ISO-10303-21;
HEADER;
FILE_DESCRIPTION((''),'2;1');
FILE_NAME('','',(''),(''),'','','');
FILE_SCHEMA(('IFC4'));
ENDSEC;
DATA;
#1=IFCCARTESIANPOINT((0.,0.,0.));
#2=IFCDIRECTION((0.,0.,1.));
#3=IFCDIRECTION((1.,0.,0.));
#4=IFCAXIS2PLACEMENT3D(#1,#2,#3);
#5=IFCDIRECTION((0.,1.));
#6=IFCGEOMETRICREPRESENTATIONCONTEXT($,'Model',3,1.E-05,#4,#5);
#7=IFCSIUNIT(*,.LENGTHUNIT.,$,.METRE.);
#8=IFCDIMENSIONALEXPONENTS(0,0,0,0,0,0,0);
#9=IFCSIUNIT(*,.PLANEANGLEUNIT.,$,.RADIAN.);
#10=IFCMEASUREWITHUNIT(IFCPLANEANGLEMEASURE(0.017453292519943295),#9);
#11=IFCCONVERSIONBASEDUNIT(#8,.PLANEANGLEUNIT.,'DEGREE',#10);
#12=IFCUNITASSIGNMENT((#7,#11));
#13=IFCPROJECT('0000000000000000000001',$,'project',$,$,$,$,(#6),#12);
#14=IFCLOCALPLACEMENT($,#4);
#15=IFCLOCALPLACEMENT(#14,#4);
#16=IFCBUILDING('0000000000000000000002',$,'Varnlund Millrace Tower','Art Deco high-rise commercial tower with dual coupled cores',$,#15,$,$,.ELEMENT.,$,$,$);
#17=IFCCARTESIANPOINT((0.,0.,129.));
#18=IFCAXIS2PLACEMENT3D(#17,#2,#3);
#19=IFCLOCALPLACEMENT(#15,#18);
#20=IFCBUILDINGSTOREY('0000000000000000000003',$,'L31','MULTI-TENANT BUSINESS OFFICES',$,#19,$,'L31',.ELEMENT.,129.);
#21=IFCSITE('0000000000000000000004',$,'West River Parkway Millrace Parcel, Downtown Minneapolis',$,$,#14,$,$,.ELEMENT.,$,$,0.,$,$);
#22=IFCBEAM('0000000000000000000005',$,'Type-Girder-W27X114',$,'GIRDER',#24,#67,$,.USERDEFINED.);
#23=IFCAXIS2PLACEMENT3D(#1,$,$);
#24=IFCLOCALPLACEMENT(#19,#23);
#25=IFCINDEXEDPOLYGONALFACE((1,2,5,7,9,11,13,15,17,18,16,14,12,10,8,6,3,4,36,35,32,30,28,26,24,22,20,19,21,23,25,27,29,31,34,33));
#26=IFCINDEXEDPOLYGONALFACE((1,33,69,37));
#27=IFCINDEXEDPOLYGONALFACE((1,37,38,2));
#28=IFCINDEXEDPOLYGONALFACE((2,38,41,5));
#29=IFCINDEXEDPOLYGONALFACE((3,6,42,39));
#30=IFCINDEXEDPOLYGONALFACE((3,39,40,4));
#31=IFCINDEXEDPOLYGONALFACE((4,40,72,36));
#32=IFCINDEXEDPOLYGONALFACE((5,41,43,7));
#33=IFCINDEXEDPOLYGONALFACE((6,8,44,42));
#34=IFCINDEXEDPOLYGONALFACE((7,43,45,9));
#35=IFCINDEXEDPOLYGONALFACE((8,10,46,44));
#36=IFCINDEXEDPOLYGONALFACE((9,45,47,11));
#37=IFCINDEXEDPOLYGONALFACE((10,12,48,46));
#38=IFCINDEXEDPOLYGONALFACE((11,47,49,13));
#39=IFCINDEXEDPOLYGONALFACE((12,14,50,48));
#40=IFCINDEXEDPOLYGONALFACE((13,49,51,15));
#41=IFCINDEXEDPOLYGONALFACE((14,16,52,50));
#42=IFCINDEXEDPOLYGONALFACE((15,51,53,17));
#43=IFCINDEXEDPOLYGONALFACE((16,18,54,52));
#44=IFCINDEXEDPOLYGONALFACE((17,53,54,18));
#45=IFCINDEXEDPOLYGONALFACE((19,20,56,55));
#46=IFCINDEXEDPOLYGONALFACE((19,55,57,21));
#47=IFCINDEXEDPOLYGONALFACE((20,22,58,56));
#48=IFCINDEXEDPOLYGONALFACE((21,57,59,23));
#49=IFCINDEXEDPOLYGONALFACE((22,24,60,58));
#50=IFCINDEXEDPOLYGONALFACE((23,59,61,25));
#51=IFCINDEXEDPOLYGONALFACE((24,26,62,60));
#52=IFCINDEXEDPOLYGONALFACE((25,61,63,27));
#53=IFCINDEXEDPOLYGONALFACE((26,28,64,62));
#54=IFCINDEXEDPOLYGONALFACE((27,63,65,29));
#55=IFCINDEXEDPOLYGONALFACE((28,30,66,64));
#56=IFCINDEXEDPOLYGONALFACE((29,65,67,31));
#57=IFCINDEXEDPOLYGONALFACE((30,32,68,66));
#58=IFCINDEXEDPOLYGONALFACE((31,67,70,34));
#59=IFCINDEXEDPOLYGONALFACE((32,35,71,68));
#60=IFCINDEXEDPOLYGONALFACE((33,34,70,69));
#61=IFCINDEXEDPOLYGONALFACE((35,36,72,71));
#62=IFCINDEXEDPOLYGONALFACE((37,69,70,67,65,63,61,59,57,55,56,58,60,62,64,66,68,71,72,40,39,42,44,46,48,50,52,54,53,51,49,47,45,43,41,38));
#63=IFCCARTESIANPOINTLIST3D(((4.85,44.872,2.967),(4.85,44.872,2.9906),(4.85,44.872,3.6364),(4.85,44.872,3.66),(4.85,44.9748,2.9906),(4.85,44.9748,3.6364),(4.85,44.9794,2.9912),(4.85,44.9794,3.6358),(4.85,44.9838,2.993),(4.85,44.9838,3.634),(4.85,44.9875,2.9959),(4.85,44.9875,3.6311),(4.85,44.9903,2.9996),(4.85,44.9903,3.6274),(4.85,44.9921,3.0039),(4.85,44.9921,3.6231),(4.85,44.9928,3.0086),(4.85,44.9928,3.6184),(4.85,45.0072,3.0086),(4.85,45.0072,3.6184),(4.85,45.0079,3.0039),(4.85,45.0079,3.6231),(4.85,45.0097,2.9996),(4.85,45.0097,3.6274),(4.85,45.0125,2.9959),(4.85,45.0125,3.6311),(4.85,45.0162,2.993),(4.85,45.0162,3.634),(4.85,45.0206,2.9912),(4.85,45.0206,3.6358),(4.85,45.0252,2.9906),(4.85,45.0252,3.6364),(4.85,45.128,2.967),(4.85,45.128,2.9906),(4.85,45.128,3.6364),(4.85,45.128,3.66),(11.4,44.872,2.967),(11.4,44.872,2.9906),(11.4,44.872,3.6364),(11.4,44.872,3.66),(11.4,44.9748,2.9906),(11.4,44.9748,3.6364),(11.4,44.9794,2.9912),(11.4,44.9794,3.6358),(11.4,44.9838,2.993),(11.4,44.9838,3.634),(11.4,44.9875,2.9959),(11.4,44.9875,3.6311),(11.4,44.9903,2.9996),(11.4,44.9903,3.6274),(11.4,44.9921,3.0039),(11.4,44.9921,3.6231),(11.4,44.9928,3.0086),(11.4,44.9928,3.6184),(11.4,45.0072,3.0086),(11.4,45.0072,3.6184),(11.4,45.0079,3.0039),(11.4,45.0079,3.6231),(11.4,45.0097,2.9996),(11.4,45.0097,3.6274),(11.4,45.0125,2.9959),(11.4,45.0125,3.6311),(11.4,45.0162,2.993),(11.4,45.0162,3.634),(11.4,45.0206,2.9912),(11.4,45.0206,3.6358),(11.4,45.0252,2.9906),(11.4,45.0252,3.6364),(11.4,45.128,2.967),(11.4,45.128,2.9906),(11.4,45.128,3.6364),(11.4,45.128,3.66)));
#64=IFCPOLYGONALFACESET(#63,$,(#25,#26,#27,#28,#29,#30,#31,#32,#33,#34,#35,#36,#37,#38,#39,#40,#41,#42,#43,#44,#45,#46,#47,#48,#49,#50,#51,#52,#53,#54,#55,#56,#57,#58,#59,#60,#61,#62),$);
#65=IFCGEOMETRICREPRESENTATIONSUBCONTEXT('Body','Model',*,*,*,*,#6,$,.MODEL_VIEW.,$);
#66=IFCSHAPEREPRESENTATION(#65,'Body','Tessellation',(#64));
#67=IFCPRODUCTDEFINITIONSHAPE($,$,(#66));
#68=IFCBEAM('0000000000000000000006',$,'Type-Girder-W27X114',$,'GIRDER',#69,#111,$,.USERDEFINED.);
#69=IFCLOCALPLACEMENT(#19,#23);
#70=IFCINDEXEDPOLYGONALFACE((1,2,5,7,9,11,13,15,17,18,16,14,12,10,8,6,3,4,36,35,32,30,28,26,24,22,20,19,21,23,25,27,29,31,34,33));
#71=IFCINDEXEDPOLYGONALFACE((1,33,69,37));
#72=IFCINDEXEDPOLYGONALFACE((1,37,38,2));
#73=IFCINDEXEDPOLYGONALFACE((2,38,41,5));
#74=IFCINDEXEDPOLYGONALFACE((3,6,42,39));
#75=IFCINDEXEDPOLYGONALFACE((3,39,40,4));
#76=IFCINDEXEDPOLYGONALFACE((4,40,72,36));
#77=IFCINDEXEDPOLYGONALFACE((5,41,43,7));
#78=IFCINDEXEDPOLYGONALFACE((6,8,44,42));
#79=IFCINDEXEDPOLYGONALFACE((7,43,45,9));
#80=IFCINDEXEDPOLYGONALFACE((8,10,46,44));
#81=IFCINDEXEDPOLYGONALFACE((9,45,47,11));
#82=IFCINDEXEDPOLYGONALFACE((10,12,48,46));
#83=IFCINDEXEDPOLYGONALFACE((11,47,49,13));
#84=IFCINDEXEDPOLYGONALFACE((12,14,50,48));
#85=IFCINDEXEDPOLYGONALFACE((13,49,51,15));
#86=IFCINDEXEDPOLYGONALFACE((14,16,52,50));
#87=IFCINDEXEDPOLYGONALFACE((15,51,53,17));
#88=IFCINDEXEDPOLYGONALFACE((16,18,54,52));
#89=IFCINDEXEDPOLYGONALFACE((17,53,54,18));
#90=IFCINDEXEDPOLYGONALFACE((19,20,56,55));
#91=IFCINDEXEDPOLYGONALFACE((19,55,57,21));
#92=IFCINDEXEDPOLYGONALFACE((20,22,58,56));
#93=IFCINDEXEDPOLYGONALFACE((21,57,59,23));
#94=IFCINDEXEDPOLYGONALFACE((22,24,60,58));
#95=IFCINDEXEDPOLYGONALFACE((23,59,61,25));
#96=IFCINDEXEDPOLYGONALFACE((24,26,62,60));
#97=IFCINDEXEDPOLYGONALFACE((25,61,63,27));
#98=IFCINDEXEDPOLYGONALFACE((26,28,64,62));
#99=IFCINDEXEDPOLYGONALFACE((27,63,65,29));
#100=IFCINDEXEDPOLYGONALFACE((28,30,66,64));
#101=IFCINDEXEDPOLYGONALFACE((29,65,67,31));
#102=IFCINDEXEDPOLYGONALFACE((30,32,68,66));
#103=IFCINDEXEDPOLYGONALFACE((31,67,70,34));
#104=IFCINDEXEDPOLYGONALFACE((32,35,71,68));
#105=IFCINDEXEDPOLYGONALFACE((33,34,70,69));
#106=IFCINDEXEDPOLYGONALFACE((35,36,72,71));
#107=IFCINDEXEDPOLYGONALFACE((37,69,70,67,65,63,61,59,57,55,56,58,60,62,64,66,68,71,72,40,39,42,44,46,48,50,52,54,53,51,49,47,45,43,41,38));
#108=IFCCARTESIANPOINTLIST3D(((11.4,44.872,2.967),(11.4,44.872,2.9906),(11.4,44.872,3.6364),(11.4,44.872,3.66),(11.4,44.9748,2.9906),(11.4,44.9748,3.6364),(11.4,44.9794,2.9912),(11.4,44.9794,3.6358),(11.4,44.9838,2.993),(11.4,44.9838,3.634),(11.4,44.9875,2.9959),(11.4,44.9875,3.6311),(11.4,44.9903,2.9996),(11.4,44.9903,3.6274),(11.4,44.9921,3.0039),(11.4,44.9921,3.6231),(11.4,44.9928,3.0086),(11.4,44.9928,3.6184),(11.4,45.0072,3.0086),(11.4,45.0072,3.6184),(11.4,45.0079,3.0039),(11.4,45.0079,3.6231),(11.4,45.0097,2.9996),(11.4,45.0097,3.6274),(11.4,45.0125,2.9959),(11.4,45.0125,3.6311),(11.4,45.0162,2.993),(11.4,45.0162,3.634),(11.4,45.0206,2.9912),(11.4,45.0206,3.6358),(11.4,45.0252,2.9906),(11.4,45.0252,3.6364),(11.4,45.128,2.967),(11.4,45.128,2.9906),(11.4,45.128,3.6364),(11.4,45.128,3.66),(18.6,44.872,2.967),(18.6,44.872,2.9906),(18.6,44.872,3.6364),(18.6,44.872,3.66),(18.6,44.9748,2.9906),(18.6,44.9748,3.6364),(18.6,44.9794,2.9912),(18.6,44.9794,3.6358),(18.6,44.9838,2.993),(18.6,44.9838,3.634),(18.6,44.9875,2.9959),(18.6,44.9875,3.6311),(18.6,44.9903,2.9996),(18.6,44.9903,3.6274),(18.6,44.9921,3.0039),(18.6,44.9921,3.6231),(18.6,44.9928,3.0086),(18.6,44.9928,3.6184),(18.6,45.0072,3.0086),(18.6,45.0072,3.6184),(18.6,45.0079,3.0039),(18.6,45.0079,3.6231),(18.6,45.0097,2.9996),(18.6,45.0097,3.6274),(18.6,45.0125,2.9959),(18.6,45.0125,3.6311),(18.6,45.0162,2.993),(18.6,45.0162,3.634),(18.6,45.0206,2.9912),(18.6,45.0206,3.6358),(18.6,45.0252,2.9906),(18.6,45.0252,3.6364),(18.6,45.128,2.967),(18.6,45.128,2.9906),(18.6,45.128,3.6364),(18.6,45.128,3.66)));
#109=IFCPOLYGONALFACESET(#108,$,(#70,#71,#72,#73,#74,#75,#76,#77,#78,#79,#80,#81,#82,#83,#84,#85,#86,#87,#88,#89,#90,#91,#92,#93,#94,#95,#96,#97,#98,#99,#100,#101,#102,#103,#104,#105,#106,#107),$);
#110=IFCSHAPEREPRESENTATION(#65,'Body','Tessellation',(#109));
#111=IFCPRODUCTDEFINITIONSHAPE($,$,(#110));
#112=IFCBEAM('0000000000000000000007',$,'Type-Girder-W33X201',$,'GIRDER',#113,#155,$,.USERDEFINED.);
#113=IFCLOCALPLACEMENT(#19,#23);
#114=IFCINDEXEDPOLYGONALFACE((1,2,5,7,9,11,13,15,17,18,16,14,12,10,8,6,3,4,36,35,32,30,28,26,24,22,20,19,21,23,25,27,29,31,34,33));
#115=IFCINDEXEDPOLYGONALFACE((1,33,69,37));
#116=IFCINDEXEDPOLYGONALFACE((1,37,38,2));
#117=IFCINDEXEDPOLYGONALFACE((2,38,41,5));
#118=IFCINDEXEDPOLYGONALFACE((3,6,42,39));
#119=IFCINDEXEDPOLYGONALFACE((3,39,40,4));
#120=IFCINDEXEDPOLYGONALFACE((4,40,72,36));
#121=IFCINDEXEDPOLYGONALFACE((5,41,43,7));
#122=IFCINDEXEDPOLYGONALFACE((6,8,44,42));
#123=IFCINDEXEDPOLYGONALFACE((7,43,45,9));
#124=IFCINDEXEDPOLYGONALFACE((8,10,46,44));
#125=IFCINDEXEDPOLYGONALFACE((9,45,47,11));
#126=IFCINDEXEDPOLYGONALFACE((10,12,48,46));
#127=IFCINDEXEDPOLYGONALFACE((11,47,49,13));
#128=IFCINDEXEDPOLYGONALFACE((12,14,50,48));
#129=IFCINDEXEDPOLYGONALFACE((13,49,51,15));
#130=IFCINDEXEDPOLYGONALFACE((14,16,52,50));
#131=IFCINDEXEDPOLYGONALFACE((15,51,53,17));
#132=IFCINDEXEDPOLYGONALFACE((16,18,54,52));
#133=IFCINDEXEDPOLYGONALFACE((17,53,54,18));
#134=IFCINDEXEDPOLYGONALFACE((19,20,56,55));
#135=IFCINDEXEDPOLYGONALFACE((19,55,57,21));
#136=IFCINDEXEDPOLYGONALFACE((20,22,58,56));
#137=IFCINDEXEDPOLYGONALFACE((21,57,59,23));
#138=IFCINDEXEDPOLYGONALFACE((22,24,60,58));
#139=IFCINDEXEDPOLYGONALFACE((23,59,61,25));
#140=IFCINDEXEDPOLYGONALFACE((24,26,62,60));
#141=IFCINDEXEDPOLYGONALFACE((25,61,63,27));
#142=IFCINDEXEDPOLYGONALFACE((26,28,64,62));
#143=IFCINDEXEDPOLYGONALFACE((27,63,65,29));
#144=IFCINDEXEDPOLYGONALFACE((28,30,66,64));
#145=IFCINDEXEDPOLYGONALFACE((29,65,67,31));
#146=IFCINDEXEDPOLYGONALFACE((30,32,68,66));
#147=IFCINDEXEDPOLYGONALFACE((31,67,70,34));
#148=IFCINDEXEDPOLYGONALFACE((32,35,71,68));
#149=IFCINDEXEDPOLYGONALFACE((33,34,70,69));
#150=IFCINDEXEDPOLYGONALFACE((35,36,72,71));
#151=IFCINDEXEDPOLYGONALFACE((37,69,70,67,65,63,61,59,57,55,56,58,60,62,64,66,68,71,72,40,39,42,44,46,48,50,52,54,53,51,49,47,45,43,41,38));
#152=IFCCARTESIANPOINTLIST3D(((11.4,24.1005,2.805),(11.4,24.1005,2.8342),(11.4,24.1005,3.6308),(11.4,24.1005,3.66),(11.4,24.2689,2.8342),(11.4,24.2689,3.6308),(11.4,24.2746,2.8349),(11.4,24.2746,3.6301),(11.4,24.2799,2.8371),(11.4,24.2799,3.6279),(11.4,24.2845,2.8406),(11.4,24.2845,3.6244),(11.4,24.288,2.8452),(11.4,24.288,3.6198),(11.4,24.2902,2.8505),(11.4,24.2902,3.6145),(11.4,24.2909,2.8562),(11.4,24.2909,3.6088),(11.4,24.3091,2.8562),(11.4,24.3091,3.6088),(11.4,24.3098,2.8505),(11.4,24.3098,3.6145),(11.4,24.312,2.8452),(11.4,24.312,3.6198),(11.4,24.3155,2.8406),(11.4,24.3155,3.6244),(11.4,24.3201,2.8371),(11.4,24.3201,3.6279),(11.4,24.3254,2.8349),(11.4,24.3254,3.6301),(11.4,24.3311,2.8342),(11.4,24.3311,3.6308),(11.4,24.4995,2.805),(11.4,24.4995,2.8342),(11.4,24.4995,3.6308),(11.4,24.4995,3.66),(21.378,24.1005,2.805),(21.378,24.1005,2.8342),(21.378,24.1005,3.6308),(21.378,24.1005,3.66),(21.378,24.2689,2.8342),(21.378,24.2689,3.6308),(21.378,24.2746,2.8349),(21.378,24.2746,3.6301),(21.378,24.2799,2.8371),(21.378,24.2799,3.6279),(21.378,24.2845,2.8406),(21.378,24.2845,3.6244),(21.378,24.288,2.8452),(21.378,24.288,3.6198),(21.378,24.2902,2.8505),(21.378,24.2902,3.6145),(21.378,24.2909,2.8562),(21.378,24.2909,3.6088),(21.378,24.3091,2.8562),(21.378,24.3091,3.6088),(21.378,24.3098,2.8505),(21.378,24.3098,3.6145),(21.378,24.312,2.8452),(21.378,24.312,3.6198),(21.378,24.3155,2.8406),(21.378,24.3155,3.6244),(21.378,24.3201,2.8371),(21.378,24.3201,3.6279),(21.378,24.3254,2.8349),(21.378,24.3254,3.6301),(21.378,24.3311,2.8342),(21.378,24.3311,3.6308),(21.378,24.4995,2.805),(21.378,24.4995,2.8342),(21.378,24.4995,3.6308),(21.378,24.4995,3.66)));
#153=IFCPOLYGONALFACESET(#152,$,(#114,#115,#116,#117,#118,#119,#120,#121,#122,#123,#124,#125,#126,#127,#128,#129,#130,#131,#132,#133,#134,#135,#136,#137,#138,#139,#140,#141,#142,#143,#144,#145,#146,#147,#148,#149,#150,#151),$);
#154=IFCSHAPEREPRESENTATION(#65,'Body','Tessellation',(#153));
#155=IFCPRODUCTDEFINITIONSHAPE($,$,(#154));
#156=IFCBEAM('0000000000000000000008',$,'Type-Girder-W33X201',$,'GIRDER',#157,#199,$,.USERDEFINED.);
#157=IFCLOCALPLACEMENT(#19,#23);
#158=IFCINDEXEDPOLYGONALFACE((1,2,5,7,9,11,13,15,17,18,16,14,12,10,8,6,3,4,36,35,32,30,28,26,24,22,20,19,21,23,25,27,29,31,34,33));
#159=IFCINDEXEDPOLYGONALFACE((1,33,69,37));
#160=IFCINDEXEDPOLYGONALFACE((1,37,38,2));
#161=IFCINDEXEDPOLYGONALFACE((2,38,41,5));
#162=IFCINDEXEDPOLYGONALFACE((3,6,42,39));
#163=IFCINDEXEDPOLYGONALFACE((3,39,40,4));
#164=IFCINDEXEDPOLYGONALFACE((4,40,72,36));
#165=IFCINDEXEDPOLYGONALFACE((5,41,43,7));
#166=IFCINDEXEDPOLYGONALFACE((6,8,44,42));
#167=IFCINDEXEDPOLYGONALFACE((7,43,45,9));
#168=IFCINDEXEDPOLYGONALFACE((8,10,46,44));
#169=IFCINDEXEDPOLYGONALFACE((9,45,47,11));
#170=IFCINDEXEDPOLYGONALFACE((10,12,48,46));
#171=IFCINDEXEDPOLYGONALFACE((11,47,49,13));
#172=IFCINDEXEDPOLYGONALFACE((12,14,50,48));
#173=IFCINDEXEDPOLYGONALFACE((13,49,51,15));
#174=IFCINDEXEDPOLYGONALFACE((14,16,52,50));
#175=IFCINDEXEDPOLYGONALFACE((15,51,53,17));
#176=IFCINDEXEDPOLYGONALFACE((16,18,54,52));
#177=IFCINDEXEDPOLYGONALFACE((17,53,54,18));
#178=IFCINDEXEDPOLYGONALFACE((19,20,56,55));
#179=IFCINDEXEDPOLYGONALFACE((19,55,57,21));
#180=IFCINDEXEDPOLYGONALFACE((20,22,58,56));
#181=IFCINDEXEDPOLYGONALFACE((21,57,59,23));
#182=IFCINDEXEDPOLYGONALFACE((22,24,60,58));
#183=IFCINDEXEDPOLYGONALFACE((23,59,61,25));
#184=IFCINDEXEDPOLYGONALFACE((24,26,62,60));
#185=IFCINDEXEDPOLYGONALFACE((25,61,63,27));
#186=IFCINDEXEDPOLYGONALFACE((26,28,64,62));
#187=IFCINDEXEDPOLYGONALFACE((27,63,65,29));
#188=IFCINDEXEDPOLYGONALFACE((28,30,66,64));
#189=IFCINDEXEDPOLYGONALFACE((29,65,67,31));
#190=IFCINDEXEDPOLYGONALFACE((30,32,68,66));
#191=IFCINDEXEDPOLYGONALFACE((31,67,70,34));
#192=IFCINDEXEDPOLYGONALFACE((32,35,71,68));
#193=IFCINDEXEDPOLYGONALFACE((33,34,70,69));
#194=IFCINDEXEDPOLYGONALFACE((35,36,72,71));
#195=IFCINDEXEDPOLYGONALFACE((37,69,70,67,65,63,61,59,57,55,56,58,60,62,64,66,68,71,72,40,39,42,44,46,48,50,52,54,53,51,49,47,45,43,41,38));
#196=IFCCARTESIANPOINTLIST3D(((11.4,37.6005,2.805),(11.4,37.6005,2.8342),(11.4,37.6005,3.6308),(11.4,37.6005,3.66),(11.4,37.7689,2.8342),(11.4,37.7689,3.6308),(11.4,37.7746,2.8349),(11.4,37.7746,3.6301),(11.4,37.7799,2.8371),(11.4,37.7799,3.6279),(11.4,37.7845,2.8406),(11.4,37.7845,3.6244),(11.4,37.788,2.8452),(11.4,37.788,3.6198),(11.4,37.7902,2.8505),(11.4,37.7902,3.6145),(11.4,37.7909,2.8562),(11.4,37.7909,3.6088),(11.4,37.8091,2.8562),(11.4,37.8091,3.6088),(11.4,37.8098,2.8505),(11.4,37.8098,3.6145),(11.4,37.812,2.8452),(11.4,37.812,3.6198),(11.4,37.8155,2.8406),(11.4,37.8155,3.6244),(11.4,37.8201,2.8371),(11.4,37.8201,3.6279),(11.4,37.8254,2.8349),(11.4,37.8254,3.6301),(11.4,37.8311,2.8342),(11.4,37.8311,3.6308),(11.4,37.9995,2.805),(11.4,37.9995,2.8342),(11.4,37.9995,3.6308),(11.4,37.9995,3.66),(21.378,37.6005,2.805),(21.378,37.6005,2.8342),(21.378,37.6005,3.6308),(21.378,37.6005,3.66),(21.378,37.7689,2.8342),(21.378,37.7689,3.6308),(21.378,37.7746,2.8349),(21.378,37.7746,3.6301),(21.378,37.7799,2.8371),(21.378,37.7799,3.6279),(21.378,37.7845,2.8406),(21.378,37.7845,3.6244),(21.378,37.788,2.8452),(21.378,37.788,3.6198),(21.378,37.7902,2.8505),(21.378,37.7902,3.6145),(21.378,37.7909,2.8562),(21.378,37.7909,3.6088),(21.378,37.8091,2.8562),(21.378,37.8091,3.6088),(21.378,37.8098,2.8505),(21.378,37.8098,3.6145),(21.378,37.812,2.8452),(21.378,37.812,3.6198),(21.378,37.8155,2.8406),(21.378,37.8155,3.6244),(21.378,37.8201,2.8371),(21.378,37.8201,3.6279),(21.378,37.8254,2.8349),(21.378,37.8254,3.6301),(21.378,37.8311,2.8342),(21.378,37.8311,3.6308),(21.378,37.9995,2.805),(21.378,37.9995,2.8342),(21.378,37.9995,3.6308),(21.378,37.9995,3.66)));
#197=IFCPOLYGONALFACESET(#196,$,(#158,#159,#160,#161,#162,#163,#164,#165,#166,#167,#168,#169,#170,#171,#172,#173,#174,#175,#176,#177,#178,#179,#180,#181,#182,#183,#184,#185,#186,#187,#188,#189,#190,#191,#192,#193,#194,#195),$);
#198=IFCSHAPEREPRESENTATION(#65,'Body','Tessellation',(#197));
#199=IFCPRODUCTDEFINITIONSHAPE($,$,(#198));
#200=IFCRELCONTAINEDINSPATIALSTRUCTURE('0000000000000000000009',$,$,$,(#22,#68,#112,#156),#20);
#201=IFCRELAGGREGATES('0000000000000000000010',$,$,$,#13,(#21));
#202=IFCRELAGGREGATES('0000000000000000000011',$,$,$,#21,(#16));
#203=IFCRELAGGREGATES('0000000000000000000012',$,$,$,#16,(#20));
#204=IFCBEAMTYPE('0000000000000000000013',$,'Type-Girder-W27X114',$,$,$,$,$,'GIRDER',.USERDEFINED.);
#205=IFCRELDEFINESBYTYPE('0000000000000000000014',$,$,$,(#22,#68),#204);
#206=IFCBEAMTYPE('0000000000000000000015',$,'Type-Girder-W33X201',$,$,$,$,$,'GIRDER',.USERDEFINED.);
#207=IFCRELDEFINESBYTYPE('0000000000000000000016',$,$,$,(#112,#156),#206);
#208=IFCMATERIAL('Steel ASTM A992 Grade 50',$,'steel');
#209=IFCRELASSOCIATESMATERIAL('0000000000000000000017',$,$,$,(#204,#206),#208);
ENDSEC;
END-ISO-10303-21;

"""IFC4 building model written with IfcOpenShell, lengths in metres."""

from ifc_helpers import new_model, entity, si_unit, converted_unit, direction, frame, origin_with_axes, origin_2d_with_axis, place, context, subcontext, project, spatial, i_section, extrude, material, material_profile, profile_set, type_object, element, save


model = new_model("IFC4")

# Units and contexts
model_context = context("Model", 3, precision=1e-05, world=origin_with_axes(), true_north=direction((0.0, 1.0)))
body_context = subcontext(model_context, "Body", "Model", "MODEL_VIEW")
ifc_project = project(units=[si_unit("LENGTHUNIT", "METRE"), converted_unit("PLANEANGLEUNIT", "DEGREE", entity("IfcPlaneAngleMeasure", 0.017453292519943295), si_unit("PLANEANGLEUNIT", "RADIAN"), dimensions=[0, 0, 0, 0, 0, 0, 0])], contexts=[model_context])

# Site, building, storey
site_placement = place(None, origin_with_axes())
site = spatial("IfcSite", under=ifc_project, at=site_placement, Name="West River Parkway Millrace Parcel, Downtown Minneapolis", CompositionType="ELEMENT", RefElevation=0.0)
building_placement = place(site_placement, origin_with_axes())
building = spatial("IfcBuilding", under=site, at=building_placement, Name="Varnlund Millrace Tower", Description="Art Deco high-rise commercial tower with dual coupled cores", CompositionType="ELEMENT")
storey_placement = place(building_placement, frame((0.0, 0.0, 129.0), z_axis=(0.0, 0.0, 1.0), x_axis=(1.0, 0.0, 0.0)))
storey = spatial("IfcBuildingStorey", under=building, at=storey_placement, Name="L31", Description="MULTI-TENANT BUSINESS OFFICES", LongName="L31", CompositionType="ELEMENT", Elevation=129.0)

# Beams
ifc_material_1 = material(Name="Steel ASTM A992 Grade 50", Category="steel")
ifc_material_profile_1 = material_profile(ifc_material_1, i_section(OverallWidth=0.256, OverallDepth=0.693, WebThickness=0.0145, FlangeThickness=0.0236, FilletRadius=0.018, at=origin_2d_with_axis()), Name="Steel ASTM A992 Grade 50")
ifc_profile_set_1 = profile_set([ifc_material_profile_1], Name="Steel ASTM A992 Grade 50")
beam_type_1 = type_object("IfcBeamType", Name="Type-Girder-W27X114", ElementType="GIRDER", PredefinedType="USERDEFINED", material=ifc_profile_set_1)
beam_1_placement = place(storey_placement, frame((4.85, 45.0, 3.3135), z_axis=(1.0, 0.0, 0.0), x_axis=(0.0, 1.0, 0.0)))
element("IfcBeam", 1, at=beam_1_placement, inside=storey, type_object=beam_type_1, Name="Type-Girder-W27X114", ObjectType="GIRDER", PredefinedType="USERDEFINED", context=body_context, shape_type="SweptSolid", body=[
    extrude(i_section(OverallWidth=0.256, OverallDepth=0.693, WebThickness=0.0145, FlangeThickness=0.0236, FilletRadius=0.018, at=origin_2d_with_axis()), origin_with_axes(), (0.0, 0.0, 1.0), 6.55),
])
beam_2_placement = place(storey_placement, frame((11.4, 45.0, 3.3135), z_axis=(1.0, 0.0, 0.0), x_axis=(0.0, 1.0, 0.0)))
element("IfcBeam", 2, at=beam_2_placement, inside=storey, type_object=beam_type_1, Name="Type-Girder-W27X114", ObjectType="GIRDER", PredefinedType="USERDEFINED", context=body_context, shape_type="SweptSolid", body=[
    extrude(i_section(OverallWidth=0.256, OverallDepth=0.693, WebThickness=0.0145, FlangeThickness=0.0236, FilletRadius=0.018, at=origin_2d_with_axis()), origin_with_axes(), (0.0, 0.0, 1.0), 7.2),
])
ifc_material_profile_2 = material_profile(ifc_material_1, i_section(OverallWidth=0.399, OverallDepth=0.855, WebThickness=0.0182, FlangeThickness=0.0292, FilletRadius=0.022, at=origin_2d_with_axis()), Name="Steel ASTM A992 Grade 50")
ifc_profile_set_2 = profile_set([ifc_material_profile_2], Name="Steel ASTM A992 Grade 50")
beam_type_2 = type_object("IfcBeamType", Name="Type-Girder-W33X201", ElementType="GIRDER", PredefinedType="USERDEFINED", material=ifc_profile_set_2)
for number, where, z_axis, x_axis, name in (
    (3, (11.4, 24.3, 3.2325), (1.0, 0.0, 0.0), (0.0, 1.0, 0.0), "Type-Girder-W33X201"),
    (4, (11.4, 37.8, 3.2325), (1.0, 0.0, 0.0), (0.0, 1.0, 0.0), "Type-Girder-W33X201"),
):
    element("IfcBeam", number, at=place(storey_placement, frame(where, z_axis=z_axis, x_axis=x_axis)), inside=storey, type_object=beam_type_2, Name=name, ObjectType="GIRDER", PredefinedType="USERDEFINED", context=body_context, shape_type="SweptSolid", body=[
        extrude(i_section(OverallWidth=0.399, OverallDepth=0.855, WebThickness=0.0182, FlangeThickness=0.0292, FilletRadius=0.022, at=origin_2d_with_axis()), origin_with_axes(), (0.0, 0.0, 1.0), 9.978),
    ])

save(model, "model.ifc")
